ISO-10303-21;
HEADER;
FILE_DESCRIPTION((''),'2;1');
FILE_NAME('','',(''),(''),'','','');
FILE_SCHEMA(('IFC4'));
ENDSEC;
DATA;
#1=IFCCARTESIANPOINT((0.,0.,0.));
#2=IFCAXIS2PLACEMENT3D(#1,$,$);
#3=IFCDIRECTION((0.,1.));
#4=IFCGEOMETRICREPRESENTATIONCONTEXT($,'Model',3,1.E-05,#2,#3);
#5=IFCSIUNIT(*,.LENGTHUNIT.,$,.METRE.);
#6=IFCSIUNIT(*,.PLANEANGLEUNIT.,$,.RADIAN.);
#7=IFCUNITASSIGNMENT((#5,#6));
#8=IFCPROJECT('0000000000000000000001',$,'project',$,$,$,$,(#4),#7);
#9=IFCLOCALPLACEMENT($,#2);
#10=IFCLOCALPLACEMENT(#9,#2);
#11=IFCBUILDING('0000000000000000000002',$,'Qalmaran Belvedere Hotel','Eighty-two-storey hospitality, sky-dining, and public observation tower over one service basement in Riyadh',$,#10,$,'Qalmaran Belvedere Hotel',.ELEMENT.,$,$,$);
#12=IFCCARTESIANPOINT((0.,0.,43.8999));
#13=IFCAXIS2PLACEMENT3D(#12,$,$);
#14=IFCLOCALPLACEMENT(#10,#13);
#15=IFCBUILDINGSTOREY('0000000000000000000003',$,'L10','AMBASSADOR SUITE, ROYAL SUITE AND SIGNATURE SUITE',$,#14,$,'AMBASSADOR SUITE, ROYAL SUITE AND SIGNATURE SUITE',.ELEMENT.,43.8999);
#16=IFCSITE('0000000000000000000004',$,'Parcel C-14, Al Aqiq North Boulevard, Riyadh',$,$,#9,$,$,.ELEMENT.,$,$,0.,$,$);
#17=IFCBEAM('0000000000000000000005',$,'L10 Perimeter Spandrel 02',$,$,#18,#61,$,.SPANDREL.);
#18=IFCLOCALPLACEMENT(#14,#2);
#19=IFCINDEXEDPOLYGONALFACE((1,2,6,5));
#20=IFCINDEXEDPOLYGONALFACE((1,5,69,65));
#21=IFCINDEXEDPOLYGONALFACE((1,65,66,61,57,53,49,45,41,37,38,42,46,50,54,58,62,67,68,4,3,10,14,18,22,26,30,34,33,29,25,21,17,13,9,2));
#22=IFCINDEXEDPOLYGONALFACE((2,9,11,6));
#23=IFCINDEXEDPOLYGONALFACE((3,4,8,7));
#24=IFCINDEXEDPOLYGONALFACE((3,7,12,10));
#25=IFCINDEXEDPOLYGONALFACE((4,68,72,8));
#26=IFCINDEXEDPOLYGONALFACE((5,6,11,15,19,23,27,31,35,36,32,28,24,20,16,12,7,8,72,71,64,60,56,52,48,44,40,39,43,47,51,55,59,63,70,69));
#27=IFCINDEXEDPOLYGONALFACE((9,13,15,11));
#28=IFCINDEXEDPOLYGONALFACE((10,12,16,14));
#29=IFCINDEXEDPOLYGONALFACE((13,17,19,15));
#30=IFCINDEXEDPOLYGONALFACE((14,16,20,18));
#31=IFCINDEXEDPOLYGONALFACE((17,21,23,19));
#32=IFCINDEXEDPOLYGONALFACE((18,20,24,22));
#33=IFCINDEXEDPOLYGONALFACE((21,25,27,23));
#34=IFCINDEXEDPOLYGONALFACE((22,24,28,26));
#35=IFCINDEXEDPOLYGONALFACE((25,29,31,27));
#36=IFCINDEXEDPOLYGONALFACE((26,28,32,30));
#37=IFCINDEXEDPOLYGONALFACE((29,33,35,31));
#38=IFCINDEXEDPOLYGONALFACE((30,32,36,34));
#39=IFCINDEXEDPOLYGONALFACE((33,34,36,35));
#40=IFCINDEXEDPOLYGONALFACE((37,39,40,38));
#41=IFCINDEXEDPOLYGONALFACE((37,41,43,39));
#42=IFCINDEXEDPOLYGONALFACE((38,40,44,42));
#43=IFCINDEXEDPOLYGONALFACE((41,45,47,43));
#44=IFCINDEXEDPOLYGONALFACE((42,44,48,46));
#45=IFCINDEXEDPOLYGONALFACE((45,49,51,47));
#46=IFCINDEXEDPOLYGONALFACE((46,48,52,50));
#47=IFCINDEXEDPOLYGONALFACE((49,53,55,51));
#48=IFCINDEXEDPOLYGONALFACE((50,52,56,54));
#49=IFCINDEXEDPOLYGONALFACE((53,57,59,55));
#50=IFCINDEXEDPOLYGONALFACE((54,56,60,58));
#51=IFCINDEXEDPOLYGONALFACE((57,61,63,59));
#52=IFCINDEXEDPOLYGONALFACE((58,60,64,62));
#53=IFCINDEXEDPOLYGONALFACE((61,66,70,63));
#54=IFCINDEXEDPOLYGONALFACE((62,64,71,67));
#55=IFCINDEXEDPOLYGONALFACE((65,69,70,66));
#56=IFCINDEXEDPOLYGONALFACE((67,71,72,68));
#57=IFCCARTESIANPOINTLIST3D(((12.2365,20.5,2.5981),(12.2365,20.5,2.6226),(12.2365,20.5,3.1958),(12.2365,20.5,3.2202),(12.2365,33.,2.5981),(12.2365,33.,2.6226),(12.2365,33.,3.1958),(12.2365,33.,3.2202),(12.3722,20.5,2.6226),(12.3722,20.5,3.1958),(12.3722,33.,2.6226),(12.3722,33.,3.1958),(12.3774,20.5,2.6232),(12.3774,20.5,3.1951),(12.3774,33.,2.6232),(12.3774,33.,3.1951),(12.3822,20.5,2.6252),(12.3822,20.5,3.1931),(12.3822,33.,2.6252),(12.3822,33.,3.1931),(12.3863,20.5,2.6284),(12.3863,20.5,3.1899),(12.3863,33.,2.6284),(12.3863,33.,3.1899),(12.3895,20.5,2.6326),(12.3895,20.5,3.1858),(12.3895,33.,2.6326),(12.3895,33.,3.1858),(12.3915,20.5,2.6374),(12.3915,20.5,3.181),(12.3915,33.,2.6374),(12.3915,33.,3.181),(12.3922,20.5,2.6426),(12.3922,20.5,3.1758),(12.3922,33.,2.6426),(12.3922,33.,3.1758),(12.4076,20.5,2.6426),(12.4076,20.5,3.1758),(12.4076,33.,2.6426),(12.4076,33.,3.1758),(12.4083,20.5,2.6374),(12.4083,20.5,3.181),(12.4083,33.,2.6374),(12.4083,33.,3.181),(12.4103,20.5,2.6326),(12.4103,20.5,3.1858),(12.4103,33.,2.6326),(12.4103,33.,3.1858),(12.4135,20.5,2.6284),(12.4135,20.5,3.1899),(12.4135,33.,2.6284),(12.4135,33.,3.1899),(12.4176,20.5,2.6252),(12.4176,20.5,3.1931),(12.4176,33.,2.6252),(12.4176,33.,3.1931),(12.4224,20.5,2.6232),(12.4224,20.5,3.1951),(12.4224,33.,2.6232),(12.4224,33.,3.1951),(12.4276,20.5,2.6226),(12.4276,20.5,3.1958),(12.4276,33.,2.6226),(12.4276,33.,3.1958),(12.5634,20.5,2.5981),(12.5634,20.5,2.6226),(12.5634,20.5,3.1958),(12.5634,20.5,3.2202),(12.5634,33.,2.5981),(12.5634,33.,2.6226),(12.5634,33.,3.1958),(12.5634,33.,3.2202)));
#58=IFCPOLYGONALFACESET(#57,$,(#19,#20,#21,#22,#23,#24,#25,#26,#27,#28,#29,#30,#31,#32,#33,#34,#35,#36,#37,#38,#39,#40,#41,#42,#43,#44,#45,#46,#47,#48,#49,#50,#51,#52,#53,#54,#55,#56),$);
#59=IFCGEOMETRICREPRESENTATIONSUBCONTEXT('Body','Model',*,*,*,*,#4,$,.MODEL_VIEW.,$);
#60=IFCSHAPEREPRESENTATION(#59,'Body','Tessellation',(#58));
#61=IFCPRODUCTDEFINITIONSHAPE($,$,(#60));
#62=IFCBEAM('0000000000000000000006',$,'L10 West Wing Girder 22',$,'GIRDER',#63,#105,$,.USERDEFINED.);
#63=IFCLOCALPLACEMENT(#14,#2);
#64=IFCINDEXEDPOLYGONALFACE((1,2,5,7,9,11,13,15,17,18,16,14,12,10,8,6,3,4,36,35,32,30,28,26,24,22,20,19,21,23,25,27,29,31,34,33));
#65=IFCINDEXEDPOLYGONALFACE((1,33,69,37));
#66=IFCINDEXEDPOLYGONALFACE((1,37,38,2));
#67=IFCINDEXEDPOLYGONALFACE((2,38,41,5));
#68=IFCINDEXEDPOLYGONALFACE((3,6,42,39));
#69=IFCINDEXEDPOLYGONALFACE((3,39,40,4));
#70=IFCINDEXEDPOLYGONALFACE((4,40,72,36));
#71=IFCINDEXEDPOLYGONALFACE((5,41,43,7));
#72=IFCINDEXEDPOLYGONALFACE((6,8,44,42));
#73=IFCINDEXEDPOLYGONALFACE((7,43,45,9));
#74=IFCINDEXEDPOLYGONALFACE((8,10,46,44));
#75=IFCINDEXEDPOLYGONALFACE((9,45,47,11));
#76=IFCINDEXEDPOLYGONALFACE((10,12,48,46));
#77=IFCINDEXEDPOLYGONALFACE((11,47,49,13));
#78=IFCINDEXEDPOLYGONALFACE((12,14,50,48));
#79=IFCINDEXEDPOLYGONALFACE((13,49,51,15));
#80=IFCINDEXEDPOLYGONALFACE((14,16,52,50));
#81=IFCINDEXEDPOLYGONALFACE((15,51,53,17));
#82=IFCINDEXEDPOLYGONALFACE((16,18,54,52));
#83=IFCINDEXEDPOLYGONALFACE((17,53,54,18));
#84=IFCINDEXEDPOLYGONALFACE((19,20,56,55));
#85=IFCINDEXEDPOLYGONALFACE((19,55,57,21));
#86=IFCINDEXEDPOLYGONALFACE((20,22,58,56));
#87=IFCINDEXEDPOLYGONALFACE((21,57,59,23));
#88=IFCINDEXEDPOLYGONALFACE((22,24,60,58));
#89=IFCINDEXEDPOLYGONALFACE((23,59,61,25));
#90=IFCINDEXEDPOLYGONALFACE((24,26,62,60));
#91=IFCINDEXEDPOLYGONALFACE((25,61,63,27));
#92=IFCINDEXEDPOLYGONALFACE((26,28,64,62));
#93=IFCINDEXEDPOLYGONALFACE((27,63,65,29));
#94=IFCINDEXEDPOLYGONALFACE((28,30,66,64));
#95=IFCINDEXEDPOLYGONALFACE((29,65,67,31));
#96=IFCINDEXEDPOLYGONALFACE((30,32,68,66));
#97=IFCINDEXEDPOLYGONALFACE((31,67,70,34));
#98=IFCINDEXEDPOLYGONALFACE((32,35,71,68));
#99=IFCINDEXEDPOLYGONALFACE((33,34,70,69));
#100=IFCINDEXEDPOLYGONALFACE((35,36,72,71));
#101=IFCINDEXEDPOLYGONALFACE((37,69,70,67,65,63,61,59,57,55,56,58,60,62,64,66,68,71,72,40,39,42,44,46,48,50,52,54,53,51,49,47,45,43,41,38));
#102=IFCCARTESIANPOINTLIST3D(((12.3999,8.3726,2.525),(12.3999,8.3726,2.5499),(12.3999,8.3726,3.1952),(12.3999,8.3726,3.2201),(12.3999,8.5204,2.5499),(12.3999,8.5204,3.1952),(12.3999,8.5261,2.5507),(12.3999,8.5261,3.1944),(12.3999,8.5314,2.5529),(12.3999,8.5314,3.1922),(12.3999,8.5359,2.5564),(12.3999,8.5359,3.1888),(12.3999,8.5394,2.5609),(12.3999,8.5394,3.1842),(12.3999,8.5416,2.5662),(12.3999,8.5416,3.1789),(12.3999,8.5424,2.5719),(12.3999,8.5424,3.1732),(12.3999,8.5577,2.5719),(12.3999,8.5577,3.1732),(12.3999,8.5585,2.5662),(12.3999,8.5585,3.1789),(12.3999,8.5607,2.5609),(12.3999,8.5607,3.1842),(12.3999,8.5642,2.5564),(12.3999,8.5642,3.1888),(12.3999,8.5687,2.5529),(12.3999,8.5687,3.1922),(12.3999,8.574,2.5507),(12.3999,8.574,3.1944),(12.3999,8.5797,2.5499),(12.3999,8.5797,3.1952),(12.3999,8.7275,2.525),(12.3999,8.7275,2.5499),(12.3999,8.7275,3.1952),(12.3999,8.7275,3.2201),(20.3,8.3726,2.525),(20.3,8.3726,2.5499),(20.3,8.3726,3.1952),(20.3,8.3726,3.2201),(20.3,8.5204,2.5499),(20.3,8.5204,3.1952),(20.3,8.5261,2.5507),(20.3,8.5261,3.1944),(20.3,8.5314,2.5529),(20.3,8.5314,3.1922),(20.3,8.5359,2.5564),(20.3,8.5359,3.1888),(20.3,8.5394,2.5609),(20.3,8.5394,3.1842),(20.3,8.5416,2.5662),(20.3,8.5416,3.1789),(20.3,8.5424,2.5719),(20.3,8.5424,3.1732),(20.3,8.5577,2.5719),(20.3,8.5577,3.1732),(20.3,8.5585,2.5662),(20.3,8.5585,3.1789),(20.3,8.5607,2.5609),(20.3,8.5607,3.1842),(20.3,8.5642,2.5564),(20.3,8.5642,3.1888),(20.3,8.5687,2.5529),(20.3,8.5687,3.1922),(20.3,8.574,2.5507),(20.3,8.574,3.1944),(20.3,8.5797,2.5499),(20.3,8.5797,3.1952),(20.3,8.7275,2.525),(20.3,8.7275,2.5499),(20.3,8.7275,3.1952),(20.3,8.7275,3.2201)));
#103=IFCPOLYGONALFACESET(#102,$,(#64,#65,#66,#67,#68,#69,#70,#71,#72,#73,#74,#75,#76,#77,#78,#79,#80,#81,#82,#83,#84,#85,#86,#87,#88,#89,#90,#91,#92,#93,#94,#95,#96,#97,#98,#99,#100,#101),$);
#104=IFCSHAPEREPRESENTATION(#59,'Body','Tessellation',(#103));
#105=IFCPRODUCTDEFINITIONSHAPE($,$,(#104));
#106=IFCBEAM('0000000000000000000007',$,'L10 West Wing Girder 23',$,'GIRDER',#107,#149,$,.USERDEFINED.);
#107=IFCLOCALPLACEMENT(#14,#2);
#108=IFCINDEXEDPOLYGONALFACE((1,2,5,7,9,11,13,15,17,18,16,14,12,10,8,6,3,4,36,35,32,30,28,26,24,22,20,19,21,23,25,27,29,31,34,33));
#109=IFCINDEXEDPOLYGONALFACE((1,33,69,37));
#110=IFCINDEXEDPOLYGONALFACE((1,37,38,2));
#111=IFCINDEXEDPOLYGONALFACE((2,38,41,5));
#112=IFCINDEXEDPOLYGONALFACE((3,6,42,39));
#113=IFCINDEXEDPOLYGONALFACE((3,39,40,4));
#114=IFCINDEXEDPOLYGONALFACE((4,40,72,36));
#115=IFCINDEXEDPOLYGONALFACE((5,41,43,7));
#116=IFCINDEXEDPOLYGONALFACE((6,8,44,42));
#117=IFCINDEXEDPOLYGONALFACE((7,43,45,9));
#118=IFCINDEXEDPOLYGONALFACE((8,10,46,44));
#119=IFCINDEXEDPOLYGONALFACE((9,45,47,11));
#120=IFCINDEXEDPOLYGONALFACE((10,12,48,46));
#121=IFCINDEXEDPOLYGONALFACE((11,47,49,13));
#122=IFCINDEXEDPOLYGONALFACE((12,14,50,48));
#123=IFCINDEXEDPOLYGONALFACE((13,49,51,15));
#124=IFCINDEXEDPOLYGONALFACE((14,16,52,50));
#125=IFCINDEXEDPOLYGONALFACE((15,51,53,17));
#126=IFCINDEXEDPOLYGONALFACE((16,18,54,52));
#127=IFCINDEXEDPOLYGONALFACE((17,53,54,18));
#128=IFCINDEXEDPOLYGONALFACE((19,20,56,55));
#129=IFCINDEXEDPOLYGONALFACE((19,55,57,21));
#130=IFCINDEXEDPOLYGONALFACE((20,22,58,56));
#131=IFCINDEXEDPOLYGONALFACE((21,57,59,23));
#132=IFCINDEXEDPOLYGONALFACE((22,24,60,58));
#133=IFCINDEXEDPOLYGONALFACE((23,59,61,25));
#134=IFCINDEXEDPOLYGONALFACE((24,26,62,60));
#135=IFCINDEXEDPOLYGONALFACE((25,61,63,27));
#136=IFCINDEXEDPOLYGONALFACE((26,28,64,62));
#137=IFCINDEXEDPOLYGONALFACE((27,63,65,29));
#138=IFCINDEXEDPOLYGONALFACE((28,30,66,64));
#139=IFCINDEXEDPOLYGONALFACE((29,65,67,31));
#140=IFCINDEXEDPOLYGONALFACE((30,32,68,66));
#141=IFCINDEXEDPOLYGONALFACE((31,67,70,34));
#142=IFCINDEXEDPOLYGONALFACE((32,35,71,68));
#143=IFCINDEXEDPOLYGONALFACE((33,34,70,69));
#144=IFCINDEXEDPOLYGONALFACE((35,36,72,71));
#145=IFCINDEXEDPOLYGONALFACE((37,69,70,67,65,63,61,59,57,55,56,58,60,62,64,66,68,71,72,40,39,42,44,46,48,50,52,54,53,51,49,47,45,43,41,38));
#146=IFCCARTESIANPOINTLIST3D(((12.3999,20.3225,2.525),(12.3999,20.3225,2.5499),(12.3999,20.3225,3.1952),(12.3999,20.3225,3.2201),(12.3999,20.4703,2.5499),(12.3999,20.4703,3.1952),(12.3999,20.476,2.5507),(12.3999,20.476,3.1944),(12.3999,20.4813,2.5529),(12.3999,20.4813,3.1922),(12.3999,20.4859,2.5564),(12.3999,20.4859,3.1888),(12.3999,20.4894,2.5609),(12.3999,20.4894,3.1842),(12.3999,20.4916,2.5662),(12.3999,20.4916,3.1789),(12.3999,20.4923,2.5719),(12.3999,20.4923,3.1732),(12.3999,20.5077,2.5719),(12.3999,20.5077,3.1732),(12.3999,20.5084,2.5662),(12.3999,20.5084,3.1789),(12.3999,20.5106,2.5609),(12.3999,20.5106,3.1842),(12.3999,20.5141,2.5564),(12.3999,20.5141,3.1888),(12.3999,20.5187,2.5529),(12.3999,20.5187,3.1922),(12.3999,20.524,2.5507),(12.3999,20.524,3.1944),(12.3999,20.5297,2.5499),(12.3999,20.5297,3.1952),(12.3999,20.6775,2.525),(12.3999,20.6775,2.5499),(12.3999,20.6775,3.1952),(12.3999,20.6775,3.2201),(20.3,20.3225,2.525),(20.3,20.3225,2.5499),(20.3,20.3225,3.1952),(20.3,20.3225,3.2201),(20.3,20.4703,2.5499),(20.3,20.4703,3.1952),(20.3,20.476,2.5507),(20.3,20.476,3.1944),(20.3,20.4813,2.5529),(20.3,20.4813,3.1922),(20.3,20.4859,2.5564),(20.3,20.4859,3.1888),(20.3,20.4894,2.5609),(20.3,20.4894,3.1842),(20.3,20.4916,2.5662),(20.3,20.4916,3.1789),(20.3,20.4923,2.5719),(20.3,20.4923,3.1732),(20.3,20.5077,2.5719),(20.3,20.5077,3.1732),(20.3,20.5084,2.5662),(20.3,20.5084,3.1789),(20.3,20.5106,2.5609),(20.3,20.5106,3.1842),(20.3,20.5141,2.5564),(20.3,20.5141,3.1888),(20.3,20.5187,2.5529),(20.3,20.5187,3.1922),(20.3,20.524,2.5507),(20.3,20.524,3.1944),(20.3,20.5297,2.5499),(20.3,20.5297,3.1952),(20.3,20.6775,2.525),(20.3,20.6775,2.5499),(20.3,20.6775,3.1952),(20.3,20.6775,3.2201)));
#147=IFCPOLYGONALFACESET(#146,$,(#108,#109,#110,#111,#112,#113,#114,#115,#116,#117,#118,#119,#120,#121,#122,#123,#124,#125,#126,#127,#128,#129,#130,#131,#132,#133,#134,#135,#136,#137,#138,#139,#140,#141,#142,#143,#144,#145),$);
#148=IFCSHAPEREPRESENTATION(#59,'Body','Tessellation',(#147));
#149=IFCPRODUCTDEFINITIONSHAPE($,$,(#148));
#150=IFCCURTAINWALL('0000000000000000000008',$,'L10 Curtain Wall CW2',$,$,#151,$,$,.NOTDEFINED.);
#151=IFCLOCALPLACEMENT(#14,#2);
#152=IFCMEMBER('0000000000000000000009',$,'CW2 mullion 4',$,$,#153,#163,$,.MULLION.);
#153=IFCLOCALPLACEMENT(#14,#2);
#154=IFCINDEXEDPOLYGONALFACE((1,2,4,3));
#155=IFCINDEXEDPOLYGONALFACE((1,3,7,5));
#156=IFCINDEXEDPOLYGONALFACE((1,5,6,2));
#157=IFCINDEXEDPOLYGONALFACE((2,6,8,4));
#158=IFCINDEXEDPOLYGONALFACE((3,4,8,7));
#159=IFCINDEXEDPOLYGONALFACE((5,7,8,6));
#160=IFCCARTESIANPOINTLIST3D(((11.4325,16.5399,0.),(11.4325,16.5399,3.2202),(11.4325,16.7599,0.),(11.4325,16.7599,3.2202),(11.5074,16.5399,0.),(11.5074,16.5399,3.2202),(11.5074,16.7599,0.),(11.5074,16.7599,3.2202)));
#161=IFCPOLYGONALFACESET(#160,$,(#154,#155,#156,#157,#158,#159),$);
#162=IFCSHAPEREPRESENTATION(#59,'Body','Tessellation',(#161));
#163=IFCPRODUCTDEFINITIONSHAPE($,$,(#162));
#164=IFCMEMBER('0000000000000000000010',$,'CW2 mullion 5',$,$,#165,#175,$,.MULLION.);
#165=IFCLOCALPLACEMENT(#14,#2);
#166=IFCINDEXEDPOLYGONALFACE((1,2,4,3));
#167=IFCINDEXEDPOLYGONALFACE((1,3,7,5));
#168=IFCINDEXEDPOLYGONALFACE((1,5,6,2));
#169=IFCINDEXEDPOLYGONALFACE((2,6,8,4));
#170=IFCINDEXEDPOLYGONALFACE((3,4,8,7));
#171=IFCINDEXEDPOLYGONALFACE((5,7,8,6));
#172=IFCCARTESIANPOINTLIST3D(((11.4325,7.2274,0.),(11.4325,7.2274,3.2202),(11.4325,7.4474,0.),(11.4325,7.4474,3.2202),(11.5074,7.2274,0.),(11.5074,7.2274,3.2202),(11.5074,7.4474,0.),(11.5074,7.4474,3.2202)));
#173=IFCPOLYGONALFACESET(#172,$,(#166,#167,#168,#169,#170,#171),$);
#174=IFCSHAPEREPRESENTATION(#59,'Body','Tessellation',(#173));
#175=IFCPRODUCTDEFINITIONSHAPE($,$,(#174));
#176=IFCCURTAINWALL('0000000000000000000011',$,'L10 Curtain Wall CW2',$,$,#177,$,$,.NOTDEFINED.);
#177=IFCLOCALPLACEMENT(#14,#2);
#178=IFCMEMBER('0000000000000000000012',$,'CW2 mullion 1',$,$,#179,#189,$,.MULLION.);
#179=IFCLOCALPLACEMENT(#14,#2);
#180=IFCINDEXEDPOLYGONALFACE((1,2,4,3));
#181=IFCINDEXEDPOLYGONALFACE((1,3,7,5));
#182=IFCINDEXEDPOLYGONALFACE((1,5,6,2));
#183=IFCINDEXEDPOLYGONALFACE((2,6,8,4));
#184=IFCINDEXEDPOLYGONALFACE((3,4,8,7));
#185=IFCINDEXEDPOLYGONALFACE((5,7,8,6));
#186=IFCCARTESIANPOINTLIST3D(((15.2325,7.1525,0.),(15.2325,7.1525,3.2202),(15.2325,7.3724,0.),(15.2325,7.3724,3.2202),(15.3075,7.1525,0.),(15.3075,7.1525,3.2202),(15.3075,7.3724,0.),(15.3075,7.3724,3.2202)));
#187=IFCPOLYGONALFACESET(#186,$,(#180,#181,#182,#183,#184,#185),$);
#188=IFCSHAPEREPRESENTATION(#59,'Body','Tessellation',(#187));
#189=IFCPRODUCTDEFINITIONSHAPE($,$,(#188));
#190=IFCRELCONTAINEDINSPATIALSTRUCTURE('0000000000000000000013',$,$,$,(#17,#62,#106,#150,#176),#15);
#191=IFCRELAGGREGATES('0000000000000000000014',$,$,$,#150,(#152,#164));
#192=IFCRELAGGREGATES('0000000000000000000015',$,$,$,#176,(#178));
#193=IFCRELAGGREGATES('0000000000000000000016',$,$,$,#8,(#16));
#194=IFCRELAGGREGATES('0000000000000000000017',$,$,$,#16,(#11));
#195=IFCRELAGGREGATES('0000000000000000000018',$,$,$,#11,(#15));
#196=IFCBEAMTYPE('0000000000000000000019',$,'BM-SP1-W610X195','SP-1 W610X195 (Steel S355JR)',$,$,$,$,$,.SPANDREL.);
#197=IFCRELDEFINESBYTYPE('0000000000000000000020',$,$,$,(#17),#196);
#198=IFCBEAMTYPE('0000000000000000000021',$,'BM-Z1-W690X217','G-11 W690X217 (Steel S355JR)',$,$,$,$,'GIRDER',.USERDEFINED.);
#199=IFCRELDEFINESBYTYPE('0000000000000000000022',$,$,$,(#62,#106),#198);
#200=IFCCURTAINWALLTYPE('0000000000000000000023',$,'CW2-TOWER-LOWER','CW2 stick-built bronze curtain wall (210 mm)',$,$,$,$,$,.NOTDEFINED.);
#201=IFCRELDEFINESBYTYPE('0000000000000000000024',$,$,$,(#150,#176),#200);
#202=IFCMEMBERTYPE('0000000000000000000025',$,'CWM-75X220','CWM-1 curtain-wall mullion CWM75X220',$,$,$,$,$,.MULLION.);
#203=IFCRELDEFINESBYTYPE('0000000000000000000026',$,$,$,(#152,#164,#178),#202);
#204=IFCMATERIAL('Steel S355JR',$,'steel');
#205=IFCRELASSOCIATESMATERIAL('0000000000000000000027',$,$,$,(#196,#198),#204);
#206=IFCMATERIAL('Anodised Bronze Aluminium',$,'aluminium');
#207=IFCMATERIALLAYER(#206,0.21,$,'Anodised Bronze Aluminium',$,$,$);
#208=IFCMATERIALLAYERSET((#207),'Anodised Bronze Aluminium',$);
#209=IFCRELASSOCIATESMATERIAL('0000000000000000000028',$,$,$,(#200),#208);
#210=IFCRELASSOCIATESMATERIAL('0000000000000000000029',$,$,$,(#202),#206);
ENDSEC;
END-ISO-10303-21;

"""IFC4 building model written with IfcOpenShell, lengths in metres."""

from ifc_helpers import new_model, si_unit, direction, frame, origin, origin_2d, place, context, subcontext, project, spatial, rectangle, i_section, extrude, material, layer, layer_set, material_profile, profile_set, type_object, element, aggregate, save


model = new_model("IFC4")

# Units and contexts
model_context = context("Model", 3, precision=1e-05, world=origin(), true_north=direction((0.0, 1.0)))
body_context = subcontext(model_context, "Body", "Model", "MODEL_VIEW")
ifc_project = project(units=[si_unit("LENGTHUNIT", "METRE"), si_unit("PLANEANGLEUNIT", "RADIAN")], contexts=[model_context])

# Site, building, storey
site_placement = place(None, origin())
site = spatial("IfcSite", under=ifc_project, at=site_placement, Name="Parcel C-14, Al Aqiq North Boulevard, Riyadh", CompositionType="ELEMENT", RefElevation=0.0)
building_placement = place(site_placement, origin())
building = spatial("IfcBuilding", under=site, at=building_placement, Name="Qalmaran Belvedere Hotel", Description="Eighty-two-storey hospitality, sky-dining, and public observation tower over one service basement in Riyadh", LongName="Qalmaran Belvedere Hotel", CompositionType="ELEMENT")
storey_placement = place(building_placement, frame((0.0, 0.0, 43.8999)))
storey = spatial("IfcBuildingStorey", under=building, at=storey_placement, Name="L10", Description="AMBASSADOR SUITE, ROYAL SUITE AND SIGNATURE SUITE", LongName="AMBASSADOR SUITE, ROYAL SUITE AND SIGNATURE SUITE", CompositionType="ELEMENT", Elevation=43.8999)

# Beams
ifc_material_1 = material(Name="Steel S355JR", Category="steel")
ifc_material_profile_1 = material_profile(ifc_material_1, i_section(OverallWidth=0.3269, OverallDepth=0.6221, WebThickness=0.0154, FlangeThickness=0.0244, FilletRadius=0.02, at=origin_2d()), Name="W610X195")
ifc_profile_set_1 = profile_set([ifc_material_profile_1], Name="Steel S355JR")
beam_type_1 = type_object("IfcBeamType", Name="BM-SP1-W610X195", Description="SP-1 W610X195 (Steel S355JR)", PredefinedType="SPANDREL", material=ifc_profile_set_1)
beam_1_placement = place(storey_placement, frame((12.3999, 20.5, 2.9092), z_axis=(0.0, 1.0, 0.0), x_axis=(-1.0, 0.0, 0.0)))
element("IfcBeam", 1, at=beam_1_placement, inside=storey, type_object=beam_type_1, Name="L10 Perimeter Spandrel 02", PredefinedType="SPANDREL", context=body_context, shape_type="SweptSolid", body=[
    extrude(i_section(OverallWidth=0.3269, OverallDepth=0.6221, WebThickness=0.0154, FlangeThickness=0.0244, FilletRadius=0.02, at=origin_2d()), origin(), (0.0, 0.0, 1.0), 12.5),
])
ifc_material_profile_2 = material_profile(ifc_material_1, i_section(OverallWidth=0.355, OverallDepth=0.6951, WebThickness=0.0154, FlangeThickness=0.0249, FilletRadius=0.022, at=origin_2d()), Name="W690X217")
ifc_profile_set_2 = profile_set([ifc_material_profile_2], Name="Steel S355JR")
beam_type_2 = type_object("IfcBeamType", Name="BM-Z1-W690X217", Description="G-11 W690X217 (Steel S355JR)", ElementType="GIRDER", PredefinedType="USERDEFINED", material=ifc_profile_set_2)
for number, where, z_axis, x_axis, name in (
    (2, (12.3999, 8.55, 2.8726), (1.0, 0.0, 0.0), (0.0, 1.0, 0.0), "L10 West Wing Girder 22"),
    (3, (12.3999, 20.5, 2.8726), (1.0, 0.0, 0.0), (0.0, 1.0, 0.0), "L10 West Wing Girder 23"),
):
    element("IfcBeam", number, at=place(storey_placement, frame(where, z_axis=z_axis, x_axis=x_axis)), inside=storey, type_object=beam_type_2, Name=name, ObjectType="GIRDER", PredefinedType="USERDEFINED", context=body_context, shape_type="SweptSolid", body=[
        extrude(i_section(OverallWidth=0.355, OverallDepth=0.6951, WebThickness=0.0154, FlangeThickness=0.0249, FilletRadius=0.022, at=origin_2d()), origin(), (0.0, 0.0, 1.0), 7.9001),
    ])

# Curtain wall, members
ifc_material_2 = material(Name="Anodised Bronze Aluminium", Category="aluminium")
ifc_layer_1 = layer(ifc_material_2, 0.21, Name="Anodised Bronze Aluminium")
ifc_layer_set_1 = layer_set([ifc_layer_1], Name="Anodised Bronze Aluminium")
curtain_wall_type = type_object("IfcCurtainWallType", Name="CW2-TOWER-LOWER", Description="CW2 stick-built bronze curtain wall (210 mm)", PredefinedType="NOTDEFINED", material=ifc_layer_set_1)
curtain_wall_1_placement = place(storey_placement, origin())
curtain_wall_1 = element("IfcCurtainWall", 4, at=curtain_wall_1_placement, inside=storey, type_object=curtain_wall_type, Name="L10 Curtain Wall CW2", PredefinedType="NOTDEFINED")
ifc_material_profile_3 = material_profile(ifc_material_2, rectangle(XDim=0.075, YDim=0.22, at=origin_2d()), Name="CWM75X220")
ifc_profile_set_3 = profile_set([ifc_material_profile_3], Name="Anodised Bronze Aluminium")
member_type_1 = type_object("IfcMemberType", Name="CWM-75X220", Description="CWM-1 curtain-wall mullion CWM75X220", PredefinedType="MULLION", material=ifc_profile_set_3)
member_1_placement = place(storey_placement, frame((11.47, 16.6499, 0.0), z_axis=(0.0, 0.0, 1.0), x_axis=(1.0, 0.0, 0.0)))
member_1 = element("IfcMember", 5, at=member_1_placement, type_object=member_type_1, Name="CW2 mullion 4", PredefinedType="MULLION", context=body_context, shape_type="SweptSolid", body=[
    extrude(rectangle(XDim=0.075, YDim=0.22, at=origin_2d()), origin(), (0.0, 0.0, 1.0), 3.2202),
])
member_2_placement = place(storey_placement, frame((11.47, 7.3374, 0.0), z_axis=(0.0, 0.0, 1.0), x_axis=(1.0, 0.0, 0.0)))
member_2 = element("IfcMember", 6, at=member_2_placement, type_object=member_type_1, Name="CW2 mullion 5", PredefinedType="MULLION", context=body_context, shape_type="SweptSolid", body=[
    extrude(rectangle(XDim=0.075, YDim=0.22, at=origin_2d()), origin(), (0.0, 0.0, 1.0), 3.2202),
])

# Curtain wall, member
curtain_wall_2_placement = place(storey_placement, origin())
curtain_wall_2 = element("IfcCurtainWall", 7, at=curtain_wall_2_placement, inside=storey, type_object=curtain_wall_type, Name="L10 Curtain Wall CW2", PredefinedType="NOTDEFINED")
member_3_placement = place(storey_placement, frame((15.27, 7.2625, 0.0), z_axis=(0.0, 0.0, 1.0), x_axis=(1.0, 0.0, 0.0)))
member_3 = element("IfcMember", 8, at=member_3_placement, type_object=member_type_1, Name="CW2 mullion 1", PredefinedType="MULLION", context=body_context, shape_type="SweptSolid", body=[
    extrude(rectangle(XDim=0.075, YDim=0.22, at=origin_2d()), origin(), (0.0, 0.0, 1.0), 3.2202),
])

aggregate(curtain_wall_1, [member_1, member_2])
aggregate(curtain_wall_2, [member_3])

save(model, "model.ifc")
